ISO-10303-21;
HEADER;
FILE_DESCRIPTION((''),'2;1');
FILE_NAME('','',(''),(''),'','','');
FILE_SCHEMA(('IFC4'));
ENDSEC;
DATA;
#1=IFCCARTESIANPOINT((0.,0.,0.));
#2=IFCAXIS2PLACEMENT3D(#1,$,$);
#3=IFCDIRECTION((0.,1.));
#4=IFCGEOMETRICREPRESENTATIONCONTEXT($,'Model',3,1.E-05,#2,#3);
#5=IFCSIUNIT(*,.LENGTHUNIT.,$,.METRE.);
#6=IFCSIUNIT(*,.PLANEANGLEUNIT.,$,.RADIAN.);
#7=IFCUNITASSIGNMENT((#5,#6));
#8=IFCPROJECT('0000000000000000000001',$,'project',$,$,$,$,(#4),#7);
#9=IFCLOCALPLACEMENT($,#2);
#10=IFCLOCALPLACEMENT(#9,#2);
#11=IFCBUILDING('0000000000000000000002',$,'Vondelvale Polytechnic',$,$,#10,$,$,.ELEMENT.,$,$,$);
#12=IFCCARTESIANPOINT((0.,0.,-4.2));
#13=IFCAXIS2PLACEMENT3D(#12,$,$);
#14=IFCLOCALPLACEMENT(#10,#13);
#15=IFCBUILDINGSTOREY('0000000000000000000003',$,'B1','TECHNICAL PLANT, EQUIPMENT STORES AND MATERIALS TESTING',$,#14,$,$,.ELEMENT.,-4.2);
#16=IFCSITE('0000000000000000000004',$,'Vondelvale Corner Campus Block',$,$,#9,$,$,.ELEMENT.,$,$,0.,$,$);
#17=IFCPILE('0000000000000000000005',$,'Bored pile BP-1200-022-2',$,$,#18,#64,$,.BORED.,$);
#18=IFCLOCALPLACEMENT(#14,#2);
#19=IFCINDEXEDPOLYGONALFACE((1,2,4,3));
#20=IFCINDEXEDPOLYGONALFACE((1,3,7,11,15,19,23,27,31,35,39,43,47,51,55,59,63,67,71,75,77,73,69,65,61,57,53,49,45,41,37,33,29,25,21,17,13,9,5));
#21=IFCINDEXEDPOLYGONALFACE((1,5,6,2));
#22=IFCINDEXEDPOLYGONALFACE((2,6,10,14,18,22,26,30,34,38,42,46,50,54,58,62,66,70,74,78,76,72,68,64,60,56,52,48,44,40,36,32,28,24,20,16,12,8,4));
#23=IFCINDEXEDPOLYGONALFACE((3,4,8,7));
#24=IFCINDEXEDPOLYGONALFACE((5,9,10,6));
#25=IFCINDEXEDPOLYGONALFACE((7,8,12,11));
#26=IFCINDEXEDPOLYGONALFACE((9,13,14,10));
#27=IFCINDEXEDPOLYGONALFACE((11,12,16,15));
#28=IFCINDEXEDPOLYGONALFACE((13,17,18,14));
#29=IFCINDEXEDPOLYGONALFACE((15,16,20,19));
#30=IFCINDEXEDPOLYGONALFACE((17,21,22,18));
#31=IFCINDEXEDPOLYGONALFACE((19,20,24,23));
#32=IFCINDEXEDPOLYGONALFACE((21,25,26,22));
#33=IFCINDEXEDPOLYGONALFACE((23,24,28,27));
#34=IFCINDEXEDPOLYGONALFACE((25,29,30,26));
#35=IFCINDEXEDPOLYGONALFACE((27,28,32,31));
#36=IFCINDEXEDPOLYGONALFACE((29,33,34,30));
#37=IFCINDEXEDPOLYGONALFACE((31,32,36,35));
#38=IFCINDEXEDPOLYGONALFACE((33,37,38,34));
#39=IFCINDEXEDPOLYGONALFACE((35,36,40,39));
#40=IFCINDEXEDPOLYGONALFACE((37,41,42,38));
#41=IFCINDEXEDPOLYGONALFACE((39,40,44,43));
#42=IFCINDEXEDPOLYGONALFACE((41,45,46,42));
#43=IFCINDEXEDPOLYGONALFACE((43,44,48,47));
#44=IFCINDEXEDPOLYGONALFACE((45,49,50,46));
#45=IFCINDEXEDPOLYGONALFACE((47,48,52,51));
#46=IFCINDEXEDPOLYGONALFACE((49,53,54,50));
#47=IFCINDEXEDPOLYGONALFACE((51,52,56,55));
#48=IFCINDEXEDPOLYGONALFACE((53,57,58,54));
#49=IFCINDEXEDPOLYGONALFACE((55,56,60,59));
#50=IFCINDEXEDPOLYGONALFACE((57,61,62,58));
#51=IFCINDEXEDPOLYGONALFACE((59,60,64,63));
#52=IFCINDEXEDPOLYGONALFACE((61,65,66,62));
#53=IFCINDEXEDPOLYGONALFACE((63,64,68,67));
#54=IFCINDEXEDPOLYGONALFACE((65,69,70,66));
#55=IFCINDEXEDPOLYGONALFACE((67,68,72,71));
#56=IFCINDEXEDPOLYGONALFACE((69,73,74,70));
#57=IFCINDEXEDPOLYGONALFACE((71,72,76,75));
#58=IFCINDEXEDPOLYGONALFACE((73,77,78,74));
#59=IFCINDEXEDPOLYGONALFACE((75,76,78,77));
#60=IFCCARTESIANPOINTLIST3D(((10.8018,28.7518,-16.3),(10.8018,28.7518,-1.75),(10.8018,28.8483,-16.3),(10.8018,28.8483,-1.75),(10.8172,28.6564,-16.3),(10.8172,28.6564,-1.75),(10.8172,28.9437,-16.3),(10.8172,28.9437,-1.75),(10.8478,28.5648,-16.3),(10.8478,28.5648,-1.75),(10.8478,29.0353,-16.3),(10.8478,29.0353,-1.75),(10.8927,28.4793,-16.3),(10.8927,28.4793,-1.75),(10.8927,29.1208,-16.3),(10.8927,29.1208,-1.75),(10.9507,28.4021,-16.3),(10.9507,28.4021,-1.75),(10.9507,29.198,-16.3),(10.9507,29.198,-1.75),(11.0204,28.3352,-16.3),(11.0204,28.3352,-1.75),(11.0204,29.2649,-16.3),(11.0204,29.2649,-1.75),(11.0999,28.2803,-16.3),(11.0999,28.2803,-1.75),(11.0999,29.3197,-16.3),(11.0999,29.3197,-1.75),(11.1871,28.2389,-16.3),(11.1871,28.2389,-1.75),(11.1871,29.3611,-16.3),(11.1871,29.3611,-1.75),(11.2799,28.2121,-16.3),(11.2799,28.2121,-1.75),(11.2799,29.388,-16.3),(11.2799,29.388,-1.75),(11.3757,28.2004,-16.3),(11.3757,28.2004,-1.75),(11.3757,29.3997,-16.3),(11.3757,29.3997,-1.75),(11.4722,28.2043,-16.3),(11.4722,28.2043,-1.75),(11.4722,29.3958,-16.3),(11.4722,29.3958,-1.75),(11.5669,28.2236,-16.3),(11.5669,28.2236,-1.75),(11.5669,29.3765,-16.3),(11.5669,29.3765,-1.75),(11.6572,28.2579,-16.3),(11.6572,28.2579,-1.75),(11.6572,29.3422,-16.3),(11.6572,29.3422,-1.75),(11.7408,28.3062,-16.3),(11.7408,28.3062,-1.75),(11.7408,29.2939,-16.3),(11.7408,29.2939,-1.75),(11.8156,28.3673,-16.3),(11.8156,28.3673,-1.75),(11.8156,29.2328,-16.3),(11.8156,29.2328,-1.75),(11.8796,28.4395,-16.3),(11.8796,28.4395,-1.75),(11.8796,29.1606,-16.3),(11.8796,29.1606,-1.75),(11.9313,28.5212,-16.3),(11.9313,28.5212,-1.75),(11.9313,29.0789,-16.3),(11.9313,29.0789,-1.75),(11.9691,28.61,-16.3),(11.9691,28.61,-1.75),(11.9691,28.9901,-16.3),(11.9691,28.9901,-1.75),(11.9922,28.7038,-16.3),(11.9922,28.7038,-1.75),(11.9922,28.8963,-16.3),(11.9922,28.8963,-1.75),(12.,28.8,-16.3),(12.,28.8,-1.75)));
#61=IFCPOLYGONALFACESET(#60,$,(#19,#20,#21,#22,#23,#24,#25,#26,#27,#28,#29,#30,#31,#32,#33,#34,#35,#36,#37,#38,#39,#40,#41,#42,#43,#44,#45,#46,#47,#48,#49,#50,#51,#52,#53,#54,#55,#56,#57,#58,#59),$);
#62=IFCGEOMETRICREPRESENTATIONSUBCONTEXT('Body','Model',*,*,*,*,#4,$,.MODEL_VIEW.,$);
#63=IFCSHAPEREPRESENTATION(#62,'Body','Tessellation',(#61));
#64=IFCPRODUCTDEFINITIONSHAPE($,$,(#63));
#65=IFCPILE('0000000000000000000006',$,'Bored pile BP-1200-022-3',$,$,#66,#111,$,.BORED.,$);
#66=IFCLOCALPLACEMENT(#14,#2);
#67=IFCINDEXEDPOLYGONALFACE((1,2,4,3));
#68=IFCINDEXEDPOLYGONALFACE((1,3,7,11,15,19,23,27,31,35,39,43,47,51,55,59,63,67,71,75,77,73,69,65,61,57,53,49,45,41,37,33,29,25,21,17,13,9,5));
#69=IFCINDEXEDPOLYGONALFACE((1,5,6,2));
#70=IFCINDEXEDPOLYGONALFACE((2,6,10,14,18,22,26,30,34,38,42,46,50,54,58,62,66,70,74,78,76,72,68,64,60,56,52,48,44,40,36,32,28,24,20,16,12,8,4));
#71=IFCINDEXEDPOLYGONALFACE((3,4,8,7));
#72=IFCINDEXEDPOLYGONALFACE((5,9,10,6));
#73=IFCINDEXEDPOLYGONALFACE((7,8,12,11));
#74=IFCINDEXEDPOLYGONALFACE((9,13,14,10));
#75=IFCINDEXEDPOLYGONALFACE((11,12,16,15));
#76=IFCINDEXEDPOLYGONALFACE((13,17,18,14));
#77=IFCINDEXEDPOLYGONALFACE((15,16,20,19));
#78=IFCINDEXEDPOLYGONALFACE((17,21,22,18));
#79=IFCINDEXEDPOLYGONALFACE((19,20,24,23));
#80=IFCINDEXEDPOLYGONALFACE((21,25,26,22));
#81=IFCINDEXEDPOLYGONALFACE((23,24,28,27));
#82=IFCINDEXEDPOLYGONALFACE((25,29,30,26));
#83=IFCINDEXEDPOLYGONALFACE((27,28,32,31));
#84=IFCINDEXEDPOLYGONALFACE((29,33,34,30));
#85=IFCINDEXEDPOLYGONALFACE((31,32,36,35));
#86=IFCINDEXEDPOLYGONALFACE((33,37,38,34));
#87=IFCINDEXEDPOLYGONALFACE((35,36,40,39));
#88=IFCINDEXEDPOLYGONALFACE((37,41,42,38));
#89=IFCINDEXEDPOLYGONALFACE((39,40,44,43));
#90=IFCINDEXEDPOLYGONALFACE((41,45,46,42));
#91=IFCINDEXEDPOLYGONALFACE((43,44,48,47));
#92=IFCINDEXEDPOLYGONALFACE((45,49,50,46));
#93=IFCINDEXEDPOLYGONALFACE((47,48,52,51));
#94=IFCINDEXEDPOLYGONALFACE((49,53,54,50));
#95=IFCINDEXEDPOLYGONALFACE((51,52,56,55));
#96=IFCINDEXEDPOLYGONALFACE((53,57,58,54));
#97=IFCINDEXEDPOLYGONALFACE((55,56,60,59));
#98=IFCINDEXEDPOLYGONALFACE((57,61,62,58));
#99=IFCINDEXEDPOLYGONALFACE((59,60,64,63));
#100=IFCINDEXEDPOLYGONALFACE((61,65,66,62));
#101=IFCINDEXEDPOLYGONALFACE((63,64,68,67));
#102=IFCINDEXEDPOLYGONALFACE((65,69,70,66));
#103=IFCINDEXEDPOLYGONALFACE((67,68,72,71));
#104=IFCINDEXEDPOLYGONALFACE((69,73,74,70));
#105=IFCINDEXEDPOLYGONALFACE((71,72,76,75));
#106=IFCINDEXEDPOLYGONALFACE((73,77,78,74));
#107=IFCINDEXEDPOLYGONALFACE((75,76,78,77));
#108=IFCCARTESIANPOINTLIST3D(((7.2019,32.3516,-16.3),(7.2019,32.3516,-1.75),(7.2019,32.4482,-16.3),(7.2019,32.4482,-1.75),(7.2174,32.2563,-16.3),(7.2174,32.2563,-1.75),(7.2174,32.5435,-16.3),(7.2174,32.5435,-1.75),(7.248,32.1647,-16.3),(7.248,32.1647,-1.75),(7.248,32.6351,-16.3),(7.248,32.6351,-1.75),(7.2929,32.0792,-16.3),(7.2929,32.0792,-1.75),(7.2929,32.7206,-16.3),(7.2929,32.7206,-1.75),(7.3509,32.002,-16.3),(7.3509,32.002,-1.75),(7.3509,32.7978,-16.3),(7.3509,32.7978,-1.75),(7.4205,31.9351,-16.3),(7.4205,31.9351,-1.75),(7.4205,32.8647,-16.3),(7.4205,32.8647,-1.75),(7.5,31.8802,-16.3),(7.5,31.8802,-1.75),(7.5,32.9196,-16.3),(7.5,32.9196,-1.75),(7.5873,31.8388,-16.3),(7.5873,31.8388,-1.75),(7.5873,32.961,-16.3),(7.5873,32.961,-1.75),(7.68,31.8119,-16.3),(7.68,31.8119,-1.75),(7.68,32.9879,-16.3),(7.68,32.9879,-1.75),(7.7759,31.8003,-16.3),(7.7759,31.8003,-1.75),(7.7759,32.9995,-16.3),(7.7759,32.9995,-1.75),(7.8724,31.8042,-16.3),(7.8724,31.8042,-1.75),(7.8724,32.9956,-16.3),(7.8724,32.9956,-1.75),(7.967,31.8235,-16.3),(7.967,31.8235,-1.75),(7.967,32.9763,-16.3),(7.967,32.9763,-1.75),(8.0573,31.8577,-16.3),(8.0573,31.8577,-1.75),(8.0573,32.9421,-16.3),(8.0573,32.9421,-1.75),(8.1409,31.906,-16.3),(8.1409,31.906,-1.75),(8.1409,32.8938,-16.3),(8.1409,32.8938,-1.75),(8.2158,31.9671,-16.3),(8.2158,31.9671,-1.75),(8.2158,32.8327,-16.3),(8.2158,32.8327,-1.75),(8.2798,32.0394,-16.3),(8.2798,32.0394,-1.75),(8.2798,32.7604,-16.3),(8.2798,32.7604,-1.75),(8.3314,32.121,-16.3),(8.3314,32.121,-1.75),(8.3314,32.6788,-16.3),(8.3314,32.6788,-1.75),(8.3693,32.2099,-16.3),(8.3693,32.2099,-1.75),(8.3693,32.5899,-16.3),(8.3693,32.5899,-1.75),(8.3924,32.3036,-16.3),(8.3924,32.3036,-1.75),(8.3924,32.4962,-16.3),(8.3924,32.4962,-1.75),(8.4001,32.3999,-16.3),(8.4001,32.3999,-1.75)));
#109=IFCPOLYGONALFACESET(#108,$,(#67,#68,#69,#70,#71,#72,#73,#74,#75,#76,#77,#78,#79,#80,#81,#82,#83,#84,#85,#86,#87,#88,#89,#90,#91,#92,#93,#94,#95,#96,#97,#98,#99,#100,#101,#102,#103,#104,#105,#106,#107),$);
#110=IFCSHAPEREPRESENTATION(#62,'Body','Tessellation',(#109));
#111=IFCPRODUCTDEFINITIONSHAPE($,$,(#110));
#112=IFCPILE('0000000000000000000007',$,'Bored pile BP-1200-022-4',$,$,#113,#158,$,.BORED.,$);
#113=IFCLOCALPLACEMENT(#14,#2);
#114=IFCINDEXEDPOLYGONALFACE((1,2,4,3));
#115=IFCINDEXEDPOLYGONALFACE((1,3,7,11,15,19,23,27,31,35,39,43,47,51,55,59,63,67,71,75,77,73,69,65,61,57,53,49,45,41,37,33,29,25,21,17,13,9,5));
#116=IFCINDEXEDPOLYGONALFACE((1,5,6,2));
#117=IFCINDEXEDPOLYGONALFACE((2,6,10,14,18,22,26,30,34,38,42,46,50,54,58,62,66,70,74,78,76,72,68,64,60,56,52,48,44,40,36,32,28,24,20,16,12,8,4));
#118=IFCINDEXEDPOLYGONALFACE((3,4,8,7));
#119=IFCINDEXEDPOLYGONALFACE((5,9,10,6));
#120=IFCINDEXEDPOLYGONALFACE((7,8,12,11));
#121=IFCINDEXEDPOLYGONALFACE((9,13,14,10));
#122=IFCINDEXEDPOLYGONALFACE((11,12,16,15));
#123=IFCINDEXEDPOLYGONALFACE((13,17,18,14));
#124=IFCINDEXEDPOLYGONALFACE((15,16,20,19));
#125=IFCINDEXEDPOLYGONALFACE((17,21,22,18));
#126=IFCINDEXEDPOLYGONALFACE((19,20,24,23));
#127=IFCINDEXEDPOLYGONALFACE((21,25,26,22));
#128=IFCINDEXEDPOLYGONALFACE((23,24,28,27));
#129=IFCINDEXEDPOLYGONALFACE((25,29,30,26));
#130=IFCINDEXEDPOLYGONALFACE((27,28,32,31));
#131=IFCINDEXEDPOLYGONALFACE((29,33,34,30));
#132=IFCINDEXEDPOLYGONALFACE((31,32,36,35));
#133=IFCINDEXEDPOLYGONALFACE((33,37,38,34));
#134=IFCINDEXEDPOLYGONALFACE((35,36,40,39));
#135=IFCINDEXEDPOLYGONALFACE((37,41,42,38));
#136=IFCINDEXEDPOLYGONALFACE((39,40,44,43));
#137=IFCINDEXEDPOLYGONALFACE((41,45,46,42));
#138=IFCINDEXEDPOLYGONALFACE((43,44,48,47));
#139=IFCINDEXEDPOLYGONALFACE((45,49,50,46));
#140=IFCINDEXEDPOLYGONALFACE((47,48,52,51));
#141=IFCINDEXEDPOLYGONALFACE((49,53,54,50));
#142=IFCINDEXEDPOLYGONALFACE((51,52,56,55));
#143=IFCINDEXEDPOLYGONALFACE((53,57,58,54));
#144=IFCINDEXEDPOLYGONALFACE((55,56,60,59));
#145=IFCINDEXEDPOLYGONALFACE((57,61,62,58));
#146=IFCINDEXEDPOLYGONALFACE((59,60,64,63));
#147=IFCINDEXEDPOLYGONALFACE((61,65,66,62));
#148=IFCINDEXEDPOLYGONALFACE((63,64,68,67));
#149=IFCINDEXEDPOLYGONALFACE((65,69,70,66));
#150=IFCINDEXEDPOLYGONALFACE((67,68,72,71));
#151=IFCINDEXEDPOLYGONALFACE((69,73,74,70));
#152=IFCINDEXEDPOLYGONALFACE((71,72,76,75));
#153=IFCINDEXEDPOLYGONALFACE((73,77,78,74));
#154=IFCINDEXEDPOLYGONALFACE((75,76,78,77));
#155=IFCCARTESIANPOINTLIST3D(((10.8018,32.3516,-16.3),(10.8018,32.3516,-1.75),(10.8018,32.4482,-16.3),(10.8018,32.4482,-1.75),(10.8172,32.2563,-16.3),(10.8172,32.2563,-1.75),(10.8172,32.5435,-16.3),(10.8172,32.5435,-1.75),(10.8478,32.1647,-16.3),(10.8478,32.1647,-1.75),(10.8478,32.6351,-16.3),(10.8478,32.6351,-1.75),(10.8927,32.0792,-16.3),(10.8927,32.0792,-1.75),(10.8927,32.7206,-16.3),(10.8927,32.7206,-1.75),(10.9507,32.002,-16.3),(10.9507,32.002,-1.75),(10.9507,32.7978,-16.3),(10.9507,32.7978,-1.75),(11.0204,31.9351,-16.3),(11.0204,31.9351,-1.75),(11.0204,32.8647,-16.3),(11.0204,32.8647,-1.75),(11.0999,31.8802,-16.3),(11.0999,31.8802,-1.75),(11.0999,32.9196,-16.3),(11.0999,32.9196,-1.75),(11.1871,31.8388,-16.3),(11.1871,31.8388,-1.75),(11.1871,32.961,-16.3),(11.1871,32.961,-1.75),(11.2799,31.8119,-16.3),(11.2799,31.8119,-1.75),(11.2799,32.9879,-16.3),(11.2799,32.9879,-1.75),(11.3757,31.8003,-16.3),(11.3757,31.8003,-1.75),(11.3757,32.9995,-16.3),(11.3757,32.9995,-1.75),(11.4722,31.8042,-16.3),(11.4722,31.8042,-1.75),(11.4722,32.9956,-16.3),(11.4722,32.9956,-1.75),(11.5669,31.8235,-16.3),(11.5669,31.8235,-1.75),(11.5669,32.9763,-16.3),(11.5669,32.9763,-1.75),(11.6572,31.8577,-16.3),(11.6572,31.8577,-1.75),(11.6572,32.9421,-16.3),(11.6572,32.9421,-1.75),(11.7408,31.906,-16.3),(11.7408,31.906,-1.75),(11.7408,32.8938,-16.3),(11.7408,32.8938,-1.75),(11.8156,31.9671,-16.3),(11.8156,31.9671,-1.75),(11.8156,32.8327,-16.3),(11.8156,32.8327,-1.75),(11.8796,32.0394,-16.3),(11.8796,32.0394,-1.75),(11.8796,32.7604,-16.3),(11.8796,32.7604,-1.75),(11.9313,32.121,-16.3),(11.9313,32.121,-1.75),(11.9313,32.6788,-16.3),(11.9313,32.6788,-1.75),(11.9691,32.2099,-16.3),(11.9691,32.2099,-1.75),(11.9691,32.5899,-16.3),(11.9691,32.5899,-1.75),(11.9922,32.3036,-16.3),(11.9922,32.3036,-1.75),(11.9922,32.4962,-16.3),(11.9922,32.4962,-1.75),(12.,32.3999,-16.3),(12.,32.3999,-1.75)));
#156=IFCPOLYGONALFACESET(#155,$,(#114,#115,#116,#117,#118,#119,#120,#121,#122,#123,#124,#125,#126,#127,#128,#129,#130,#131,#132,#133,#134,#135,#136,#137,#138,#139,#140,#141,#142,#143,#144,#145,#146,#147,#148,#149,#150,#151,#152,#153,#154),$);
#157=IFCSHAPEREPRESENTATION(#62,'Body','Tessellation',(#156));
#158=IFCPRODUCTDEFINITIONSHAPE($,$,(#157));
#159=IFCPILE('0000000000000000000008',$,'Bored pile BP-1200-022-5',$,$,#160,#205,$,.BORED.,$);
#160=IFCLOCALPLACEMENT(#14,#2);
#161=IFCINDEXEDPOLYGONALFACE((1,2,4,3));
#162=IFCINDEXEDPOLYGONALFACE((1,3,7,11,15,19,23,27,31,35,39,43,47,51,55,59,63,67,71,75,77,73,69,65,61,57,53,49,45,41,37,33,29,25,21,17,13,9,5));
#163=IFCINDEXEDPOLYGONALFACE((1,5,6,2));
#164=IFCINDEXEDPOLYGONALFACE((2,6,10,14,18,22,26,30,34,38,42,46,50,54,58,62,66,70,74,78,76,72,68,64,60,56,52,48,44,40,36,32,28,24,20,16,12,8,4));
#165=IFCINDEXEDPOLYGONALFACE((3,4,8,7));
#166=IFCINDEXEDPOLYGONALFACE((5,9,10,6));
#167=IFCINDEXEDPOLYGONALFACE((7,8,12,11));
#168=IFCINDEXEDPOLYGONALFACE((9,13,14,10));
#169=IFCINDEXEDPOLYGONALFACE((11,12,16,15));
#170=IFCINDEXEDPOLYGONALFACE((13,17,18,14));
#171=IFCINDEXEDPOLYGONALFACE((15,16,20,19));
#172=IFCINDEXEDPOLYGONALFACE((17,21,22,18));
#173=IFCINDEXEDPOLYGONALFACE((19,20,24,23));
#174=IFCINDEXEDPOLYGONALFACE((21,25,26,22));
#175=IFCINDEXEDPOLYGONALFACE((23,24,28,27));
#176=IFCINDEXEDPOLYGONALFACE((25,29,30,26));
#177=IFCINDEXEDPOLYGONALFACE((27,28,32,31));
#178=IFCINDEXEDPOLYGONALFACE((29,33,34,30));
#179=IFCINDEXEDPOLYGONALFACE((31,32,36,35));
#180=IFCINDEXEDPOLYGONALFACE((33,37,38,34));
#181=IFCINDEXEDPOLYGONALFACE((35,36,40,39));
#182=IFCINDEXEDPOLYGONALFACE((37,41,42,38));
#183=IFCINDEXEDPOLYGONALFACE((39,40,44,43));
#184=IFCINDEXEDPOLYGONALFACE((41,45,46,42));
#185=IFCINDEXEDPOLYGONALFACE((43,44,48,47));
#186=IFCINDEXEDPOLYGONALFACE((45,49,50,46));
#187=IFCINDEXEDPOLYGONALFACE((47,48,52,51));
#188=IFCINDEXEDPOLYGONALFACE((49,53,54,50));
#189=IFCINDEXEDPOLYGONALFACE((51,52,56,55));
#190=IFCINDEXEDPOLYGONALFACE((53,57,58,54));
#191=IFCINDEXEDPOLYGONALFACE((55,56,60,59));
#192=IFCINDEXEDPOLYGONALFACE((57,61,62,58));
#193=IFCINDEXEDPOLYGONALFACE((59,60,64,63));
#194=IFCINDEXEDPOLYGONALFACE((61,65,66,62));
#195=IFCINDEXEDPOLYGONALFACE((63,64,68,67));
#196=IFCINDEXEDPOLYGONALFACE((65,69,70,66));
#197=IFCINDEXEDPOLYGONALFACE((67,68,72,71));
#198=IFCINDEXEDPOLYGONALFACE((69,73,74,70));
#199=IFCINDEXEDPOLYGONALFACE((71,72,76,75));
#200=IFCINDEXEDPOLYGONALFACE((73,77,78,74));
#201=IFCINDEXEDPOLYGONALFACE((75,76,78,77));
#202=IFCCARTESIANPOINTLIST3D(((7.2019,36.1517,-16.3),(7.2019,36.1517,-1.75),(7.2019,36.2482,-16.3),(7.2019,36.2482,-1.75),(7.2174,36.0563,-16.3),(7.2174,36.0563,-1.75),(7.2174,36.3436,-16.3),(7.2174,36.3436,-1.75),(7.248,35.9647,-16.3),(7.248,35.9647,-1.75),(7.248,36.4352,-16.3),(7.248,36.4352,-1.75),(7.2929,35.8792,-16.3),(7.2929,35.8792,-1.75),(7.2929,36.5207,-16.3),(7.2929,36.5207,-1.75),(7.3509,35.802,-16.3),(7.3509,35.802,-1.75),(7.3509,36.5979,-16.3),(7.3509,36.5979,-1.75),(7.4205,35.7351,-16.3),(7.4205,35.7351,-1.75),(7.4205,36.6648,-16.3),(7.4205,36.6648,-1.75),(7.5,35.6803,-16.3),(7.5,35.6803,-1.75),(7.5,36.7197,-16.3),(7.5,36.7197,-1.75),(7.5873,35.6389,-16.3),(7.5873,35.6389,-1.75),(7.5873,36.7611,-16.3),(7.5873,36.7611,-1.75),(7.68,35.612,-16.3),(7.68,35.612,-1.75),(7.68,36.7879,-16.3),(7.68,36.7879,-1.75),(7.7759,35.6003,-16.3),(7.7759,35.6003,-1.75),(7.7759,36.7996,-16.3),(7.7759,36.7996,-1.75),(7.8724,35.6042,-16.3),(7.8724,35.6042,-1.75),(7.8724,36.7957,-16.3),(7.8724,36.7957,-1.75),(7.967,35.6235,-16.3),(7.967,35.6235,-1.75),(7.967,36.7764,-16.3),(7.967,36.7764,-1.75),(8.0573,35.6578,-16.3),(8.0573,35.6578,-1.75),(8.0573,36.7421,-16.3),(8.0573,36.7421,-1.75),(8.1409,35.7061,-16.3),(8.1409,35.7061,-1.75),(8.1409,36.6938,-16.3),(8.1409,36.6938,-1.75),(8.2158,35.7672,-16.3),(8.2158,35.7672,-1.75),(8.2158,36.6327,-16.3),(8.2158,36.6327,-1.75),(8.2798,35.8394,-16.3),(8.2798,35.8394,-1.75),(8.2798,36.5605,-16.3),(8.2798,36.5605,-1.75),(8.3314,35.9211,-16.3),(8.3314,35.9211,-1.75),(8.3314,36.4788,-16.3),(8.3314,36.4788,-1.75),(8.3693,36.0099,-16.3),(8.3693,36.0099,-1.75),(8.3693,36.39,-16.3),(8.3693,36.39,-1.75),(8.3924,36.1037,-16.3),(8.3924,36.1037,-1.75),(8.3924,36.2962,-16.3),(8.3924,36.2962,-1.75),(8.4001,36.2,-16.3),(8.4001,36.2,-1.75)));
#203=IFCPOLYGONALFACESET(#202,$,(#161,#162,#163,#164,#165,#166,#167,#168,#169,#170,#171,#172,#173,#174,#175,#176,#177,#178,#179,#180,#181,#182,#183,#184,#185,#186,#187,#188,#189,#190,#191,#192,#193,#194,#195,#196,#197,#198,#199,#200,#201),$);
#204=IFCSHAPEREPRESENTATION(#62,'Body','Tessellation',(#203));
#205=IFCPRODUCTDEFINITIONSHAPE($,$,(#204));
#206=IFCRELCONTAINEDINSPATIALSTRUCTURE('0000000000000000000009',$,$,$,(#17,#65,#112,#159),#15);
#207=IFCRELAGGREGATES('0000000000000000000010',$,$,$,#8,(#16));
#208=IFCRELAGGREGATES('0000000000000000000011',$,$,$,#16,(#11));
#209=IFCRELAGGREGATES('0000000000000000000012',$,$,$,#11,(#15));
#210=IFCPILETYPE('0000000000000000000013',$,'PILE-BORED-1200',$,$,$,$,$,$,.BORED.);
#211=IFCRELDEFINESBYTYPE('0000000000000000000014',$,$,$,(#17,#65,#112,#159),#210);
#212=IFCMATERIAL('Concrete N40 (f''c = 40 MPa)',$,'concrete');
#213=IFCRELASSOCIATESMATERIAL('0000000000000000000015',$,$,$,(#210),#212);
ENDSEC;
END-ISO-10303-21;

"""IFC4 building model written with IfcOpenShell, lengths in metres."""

from ifc_helpers import new_model, si_unit, direction, frame, origin, origin_2d, place, context, subcontext, project, spatial, circle, extrude, material, material_profile, profile_set, type_object, element, save


model = new_model("IFC4")

# Units and contexts
model_context = context("Model", 3, precision=1e-05, world=origin(), true_north=direction((0.0, 1.0)))
body_context = subcontext(model_context, "Body", "Model", "MODEL_VIEW")
ifc_project = project(units=[si_unit("LENGTHUNIT", "METRE"), si_unit("PLANEANGLEUNIT", "RADIAN")], contexts=[model_context])

# Site, building, storey
site_placement = place(None, origin())
site = spatial("IfcSite", under=ifc_project, at=site_placement, Name="Vondelvale Corner Campus Block", CompositionType="ELEMENT", RefElevation=0.0)
building_placement = place(site_placement, origin())
building = spatial("IfcBuilding", under=site, at=building_placement, Name="Vondelvale Polytechnic", CompositionType="ELEMENT")
storey_placement = place(building_placement, frame((0.0, 0.0, -4.2)))
storey = spatial("IfcBuildingStorey", under=building, at=storey_placement, Name="B1", Description="TECHNICAL PLANT, EQUIPMENT STORES AND MATERIALS TESTING", CompositionType="ELEMENT", Elevation=-4.2)

# Shared definitions
ifc_material_1 = material(Name="Concrete N40 (f'c = 40 MPa)", Category="concrete")

# Piles
ifc_material_profile_1 = material_profile(ifc_material_1, circle(Radius=0.6001, at=origin_2d()), Name="PILE-D1200")
ifc_profile_set_1 = profile_set([ifc_material_profile_1], Name="Concrete N40 (f'c = 40 MPa)")
pile_type_1 = type_object("IfcPileType", Name="PILE-BORED-1200", PredefinedType="BORED", material=ifc_profile_set_1)
for number, where, z_axis, x_axis, name in (
    (1, (11.3999, 28.8, -1.75), (0.0, 0.0, -1.0), (1.0, 0.0, 0.0), "Bored pile BP-1200-022-2"),
    (2, (7.8, 32.3999, -1.75), (0.0, 0.0, -1.0), (1.0, 0.0, 0.0), "Bored pile BP-1200-022-3"),
    (3, (11.3999, 32.3999, -1.75), (0.0, 0.0, -1.0), (1.0, 0.0, 0.0), "Bored pile BP-1200-022-4"),
    (4, (7.8, 36.2, -1.75), (0.0, 0.0, -1.0), (1.0, 0.0, 0.0), "Bored pile BP-1200-022-5"),
):
    element("IfcPile", number, at=place(storey_placement, frame(where, z_axis=z_axis, x_axis=x_axis)), inside=storey, type_object=pile_type_1, Name=name, PredefinedType="BORED", context=body_context, shape_type="SweptSolid", body=[
        extrude(circle(Radius=0.6001, at=origin_2d()), origin(), (0.0, 0.0, 1.0), 14.55),
    ])

save(model, "model.ifc")
